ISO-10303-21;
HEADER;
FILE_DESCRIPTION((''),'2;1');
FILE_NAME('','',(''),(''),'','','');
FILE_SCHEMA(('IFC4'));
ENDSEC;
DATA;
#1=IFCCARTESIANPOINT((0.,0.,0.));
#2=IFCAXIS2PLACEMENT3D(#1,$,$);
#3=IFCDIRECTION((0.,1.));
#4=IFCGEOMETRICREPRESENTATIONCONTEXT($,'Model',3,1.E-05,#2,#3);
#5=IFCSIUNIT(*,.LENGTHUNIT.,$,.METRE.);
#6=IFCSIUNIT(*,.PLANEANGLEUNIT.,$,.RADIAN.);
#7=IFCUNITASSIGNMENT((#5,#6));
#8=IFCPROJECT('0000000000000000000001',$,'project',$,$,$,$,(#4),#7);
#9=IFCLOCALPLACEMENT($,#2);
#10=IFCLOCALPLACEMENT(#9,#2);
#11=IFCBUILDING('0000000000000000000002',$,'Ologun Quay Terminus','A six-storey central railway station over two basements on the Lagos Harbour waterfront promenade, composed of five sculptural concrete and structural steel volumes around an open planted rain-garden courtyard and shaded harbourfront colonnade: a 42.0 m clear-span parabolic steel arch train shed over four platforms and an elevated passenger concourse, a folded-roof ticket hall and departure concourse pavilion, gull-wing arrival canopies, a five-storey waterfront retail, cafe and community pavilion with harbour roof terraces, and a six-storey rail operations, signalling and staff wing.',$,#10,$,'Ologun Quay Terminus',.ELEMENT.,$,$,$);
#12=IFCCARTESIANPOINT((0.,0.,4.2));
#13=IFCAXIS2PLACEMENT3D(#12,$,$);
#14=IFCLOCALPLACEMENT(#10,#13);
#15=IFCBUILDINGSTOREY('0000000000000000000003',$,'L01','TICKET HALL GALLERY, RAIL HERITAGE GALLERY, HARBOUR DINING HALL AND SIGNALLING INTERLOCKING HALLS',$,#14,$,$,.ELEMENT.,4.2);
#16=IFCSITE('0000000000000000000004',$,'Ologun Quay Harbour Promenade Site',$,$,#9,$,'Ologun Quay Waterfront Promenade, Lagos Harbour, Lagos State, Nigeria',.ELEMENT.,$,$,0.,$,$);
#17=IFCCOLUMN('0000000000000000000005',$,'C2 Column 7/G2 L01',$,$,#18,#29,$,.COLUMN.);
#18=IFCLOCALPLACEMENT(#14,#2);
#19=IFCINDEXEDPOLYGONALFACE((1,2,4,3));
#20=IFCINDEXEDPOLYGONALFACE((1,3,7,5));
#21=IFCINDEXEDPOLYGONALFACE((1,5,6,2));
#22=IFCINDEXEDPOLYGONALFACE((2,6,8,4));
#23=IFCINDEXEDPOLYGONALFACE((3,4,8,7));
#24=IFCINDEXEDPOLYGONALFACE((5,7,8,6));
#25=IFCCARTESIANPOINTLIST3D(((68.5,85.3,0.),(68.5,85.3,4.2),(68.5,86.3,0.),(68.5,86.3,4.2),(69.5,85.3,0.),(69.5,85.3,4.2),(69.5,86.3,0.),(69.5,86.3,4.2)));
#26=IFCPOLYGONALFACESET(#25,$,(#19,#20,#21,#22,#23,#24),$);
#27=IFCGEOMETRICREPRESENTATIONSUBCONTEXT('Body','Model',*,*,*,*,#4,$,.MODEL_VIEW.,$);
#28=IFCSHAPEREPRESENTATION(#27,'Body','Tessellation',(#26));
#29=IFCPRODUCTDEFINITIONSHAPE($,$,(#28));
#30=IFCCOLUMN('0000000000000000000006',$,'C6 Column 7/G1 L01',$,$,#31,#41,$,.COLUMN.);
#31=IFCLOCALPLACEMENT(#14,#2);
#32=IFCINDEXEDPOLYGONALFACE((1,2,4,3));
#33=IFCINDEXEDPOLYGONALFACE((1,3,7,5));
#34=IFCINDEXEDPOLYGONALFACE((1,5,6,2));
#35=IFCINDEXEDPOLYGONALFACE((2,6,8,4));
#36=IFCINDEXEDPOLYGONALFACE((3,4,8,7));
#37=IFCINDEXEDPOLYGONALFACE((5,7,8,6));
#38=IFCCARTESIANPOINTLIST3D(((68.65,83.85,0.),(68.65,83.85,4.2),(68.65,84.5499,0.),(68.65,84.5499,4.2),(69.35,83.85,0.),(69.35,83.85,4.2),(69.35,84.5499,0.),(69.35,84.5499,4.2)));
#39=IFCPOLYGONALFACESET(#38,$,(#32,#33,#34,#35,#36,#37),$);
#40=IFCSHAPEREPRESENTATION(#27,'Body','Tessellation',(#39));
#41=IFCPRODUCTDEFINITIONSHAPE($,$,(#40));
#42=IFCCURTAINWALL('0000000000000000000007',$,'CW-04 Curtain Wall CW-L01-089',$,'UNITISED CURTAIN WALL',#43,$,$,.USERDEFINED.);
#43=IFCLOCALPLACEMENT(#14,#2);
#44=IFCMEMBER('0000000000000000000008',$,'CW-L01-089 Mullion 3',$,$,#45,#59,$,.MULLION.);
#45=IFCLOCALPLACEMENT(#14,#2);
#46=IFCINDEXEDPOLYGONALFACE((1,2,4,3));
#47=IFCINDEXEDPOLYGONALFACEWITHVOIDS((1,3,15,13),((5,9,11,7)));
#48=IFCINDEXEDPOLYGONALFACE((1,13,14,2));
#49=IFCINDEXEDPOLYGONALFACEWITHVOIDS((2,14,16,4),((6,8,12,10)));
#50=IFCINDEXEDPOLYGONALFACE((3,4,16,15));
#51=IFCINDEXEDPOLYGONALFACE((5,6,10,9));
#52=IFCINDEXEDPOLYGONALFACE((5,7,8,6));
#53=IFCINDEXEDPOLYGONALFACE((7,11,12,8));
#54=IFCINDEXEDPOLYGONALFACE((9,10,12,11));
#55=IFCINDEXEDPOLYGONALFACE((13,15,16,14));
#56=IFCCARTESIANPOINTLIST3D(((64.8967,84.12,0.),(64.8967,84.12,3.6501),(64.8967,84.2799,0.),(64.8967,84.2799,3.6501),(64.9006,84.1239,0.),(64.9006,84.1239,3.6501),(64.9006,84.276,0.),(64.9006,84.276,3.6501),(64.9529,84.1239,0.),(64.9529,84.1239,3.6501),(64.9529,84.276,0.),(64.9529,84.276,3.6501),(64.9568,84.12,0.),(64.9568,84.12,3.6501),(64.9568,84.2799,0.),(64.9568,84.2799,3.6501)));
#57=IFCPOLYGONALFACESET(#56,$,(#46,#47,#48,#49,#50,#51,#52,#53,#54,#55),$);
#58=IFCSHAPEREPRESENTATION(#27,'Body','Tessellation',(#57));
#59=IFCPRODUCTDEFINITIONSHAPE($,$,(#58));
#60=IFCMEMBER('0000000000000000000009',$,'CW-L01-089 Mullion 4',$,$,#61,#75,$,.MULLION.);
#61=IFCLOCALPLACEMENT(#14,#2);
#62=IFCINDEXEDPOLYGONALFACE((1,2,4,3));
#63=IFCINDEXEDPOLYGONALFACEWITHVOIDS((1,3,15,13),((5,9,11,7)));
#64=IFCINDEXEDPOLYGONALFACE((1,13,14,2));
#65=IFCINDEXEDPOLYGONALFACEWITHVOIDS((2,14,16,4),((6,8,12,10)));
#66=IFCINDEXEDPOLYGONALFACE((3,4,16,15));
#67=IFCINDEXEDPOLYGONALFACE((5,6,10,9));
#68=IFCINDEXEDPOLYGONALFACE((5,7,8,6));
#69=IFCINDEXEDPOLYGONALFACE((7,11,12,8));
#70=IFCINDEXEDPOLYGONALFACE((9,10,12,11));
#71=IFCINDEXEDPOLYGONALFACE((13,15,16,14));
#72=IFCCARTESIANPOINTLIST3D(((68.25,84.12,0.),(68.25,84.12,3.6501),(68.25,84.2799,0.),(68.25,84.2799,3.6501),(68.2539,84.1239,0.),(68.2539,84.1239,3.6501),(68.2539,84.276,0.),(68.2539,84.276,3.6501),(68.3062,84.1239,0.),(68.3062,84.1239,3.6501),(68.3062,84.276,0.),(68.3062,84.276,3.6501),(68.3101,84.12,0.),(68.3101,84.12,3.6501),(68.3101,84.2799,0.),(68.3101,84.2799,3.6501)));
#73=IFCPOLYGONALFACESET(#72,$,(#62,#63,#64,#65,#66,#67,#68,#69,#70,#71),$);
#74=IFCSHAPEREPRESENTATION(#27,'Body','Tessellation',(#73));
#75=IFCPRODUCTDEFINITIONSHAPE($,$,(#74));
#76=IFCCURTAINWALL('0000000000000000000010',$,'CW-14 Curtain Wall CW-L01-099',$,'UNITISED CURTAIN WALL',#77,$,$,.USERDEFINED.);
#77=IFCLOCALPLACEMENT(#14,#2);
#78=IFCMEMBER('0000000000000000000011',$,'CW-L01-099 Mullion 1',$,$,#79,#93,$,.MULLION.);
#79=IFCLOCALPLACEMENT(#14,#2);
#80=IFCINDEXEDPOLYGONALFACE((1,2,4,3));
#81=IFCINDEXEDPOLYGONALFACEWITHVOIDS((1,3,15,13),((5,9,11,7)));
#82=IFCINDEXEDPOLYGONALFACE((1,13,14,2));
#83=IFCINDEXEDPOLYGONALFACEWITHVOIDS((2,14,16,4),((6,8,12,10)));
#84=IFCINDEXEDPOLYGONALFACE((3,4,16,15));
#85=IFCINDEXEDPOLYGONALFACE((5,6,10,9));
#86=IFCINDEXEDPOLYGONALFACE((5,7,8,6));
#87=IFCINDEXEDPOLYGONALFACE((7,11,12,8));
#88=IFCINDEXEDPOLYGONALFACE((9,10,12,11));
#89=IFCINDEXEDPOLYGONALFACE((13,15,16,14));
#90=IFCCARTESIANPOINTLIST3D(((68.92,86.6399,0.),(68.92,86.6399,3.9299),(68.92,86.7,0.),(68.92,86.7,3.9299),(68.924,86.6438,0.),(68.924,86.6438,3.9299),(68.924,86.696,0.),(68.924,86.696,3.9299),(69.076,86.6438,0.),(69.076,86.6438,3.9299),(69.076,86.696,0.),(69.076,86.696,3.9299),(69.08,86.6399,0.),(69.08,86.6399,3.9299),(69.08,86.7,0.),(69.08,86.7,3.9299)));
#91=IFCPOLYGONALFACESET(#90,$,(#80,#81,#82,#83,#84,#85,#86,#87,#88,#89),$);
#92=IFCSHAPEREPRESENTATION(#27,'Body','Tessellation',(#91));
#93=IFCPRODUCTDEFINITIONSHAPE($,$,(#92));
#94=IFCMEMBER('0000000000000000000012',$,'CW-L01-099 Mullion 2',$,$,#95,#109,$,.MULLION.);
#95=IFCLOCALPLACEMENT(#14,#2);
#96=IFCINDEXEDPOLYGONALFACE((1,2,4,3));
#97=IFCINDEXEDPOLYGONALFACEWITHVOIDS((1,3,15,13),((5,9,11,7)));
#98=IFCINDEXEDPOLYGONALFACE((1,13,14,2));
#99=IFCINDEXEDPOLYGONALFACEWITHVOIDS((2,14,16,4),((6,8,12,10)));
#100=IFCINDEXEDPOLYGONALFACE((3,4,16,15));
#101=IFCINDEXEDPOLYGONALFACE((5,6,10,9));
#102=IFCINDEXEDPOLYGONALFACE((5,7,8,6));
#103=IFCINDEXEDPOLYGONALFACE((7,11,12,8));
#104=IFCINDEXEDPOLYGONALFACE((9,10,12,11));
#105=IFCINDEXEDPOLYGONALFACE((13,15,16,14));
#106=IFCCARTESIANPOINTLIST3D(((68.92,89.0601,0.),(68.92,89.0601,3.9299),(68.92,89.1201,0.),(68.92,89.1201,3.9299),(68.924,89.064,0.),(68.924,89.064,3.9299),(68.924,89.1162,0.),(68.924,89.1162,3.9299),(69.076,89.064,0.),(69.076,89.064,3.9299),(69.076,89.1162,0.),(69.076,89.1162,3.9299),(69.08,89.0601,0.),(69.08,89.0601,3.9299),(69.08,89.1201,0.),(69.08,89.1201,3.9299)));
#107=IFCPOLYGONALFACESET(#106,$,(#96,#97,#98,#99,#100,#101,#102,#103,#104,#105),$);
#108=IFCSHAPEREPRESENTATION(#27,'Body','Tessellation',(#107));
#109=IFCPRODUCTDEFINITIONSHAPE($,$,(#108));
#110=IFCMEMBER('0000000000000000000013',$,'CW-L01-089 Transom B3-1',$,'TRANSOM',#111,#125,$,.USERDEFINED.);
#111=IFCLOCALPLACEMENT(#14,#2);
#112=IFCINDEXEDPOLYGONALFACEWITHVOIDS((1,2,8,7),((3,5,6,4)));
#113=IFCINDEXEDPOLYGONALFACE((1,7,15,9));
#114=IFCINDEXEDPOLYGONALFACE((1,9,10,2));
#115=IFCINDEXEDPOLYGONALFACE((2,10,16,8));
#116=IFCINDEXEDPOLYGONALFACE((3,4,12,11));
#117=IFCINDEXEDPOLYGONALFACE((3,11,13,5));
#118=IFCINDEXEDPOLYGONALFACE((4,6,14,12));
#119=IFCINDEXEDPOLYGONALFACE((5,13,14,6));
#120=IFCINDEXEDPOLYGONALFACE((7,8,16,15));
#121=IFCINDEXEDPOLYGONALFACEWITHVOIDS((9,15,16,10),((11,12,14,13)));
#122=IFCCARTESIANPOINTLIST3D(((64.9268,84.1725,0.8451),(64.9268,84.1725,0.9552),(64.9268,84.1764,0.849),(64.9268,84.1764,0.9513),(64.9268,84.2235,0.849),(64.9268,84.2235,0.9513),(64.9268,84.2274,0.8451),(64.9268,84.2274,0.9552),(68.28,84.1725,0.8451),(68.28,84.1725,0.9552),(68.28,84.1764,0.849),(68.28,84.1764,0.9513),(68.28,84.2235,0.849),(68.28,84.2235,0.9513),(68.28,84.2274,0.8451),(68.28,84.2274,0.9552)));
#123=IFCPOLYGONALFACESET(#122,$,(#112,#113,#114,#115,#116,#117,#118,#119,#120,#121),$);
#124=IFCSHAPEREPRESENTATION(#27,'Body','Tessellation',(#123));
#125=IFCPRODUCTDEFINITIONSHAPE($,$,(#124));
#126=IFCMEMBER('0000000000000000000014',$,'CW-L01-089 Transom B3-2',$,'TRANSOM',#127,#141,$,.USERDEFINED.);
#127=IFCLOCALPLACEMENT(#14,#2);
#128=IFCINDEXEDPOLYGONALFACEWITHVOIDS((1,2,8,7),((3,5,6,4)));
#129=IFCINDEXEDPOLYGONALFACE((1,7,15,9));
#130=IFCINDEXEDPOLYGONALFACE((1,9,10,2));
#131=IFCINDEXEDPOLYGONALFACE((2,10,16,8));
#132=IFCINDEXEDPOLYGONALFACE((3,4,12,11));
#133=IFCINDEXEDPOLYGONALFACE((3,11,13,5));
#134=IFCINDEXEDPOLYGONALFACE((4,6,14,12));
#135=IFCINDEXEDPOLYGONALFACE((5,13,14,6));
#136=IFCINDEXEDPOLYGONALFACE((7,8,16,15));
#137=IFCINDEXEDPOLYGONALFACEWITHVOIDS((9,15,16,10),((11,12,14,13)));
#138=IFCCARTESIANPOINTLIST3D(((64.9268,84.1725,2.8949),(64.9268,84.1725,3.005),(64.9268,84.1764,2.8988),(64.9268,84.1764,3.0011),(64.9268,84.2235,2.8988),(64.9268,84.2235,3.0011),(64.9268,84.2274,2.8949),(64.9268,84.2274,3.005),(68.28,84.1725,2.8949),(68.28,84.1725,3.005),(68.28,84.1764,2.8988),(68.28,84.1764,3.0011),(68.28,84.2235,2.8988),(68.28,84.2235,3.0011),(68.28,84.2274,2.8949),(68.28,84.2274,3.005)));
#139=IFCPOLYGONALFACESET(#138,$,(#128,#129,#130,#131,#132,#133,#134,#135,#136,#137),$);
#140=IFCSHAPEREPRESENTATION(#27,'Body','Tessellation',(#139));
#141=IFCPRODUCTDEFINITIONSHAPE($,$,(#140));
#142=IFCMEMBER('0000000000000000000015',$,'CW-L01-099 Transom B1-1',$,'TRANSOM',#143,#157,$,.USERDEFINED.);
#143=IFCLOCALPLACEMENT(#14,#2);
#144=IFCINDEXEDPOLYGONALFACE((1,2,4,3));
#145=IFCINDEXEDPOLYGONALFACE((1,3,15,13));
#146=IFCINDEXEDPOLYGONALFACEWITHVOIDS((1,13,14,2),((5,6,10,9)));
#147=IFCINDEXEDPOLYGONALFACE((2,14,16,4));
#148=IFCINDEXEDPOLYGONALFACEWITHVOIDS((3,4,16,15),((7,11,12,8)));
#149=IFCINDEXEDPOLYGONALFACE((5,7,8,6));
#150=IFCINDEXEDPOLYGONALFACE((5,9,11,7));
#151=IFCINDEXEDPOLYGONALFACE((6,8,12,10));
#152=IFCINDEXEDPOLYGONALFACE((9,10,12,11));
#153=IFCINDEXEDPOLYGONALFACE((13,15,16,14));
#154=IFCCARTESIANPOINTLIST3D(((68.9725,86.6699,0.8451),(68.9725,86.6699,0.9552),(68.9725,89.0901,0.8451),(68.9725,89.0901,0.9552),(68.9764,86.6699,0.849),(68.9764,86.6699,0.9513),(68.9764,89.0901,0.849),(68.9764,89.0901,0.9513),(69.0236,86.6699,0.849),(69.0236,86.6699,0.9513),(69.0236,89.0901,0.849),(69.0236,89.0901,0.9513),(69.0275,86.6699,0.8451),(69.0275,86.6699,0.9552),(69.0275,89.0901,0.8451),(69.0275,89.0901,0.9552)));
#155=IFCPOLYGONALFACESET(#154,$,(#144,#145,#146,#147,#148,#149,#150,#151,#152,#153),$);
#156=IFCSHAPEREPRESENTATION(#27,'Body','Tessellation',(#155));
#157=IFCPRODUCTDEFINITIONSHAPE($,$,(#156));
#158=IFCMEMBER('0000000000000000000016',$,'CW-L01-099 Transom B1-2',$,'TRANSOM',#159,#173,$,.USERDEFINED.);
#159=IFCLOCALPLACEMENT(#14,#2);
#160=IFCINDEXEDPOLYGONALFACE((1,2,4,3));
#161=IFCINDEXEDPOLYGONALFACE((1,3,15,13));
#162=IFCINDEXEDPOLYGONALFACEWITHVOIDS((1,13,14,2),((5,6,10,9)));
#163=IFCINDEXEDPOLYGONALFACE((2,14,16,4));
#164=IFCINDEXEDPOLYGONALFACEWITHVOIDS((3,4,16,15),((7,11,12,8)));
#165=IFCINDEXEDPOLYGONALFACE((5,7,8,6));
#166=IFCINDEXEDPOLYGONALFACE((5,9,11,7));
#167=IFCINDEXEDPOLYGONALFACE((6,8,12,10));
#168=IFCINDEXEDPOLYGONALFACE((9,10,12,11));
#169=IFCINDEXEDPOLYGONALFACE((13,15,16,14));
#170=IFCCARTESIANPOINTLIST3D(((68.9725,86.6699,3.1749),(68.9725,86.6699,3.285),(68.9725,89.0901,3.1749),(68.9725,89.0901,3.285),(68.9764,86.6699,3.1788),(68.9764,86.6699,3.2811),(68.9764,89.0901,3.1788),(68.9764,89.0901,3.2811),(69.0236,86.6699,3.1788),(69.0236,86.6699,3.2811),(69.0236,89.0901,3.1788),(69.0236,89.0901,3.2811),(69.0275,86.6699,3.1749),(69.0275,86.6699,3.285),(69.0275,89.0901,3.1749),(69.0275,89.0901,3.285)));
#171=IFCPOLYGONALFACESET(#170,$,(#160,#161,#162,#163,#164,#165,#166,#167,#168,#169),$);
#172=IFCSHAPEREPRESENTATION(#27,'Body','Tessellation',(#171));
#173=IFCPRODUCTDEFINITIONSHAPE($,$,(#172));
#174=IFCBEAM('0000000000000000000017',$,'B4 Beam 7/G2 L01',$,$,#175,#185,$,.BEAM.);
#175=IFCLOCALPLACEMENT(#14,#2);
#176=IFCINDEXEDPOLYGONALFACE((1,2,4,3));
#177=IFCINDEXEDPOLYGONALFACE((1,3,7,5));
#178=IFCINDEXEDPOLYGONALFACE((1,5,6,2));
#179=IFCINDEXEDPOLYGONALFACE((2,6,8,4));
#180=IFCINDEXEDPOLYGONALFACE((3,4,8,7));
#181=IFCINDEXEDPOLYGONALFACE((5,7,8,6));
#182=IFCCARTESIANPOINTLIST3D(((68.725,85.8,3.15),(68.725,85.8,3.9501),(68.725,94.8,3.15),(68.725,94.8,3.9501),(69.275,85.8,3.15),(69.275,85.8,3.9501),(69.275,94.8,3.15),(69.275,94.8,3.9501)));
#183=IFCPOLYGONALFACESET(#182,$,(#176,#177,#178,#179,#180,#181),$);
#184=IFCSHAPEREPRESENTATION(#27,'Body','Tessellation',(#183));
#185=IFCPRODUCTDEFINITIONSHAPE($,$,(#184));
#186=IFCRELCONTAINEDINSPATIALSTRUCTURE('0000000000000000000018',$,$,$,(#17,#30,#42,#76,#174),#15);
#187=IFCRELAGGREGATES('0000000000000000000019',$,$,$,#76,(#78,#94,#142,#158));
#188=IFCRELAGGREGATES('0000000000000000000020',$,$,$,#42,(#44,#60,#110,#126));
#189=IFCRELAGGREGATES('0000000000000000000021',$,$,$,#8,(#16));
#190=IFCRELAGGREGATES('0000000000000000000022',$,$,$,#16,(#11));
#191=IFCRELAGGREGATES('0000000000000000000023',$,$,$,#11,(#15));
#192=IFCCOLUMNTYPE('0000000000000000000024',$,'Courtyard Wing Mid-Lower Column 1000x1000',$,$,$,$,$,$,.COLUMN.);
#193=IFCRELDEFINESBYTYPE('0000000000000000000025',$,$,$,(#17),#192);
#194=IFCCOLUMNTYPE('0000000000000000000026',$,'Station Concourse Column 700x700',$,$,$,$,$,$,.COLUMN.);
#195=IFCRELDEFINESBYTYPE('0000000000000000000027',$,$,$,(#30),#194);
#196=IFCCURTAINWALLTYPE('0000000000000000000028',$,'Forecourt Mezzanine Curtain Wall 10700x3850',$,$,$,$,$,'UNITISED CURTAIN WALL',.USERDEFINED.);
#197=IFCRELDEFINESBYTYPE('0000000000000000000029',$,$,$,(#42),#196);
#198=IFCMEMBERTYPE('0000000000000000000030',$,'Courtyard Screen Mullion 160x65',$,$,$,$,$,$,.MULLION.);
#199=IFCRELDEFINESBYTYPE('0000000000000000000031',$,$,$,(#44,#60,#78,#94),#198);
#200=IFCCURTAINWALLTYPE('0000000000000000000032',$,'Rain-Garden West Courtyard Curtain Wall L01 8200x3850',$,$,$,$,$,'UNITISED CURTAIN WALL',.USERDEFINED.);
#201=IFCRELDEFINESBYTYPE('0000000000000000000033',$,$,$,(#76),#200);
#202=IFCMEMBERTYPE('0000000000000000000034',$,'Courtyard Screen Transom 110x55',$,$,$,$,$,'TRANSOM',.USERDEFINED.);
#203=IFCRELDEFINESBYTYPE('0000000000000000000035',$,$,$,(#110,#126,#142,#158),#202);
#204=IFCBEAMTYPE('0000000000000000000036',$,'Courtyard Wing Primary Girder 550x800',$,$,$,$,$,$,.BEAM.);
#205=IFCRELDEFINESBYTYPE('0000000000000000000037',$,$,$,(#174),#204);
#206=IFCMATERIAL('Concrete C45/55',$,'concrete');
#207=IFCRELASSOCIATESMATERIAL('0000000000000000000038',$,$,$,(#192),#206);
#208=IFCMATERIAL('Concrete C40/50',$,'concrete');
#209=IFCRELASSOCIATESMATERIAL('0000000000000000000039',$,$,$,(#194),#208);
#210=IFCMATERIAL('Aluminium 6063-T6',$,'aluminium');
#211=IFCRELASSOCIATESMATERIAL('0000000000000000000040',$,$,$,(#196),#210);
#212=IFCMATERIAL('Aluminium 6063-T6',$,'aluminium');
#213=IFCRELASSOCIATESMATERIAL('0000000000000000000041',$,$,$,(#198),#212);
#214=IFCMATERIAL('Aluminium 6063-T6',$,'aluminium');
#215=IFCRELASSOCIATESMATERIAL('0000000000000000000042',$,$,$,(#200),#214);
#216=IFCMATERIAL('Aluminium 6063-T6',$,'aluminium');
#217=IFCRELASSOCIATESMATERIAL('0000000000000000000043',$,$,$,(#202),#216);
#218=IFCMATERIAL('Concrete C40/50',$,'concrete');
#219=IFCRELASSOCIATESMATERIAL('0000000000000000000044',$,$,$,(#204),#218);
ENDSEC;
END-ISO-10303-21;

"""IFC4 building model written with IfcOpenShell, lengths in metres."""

from ifc_helpers import new_model, si_unit, direction, frame, origin, origin_2d, place, context, subcontext, project, spatial, rectangle, hollow_rectangle, extrude, material, material_profile, profile_set, type_object, element, aggregate, save


model = new_model("IFC4")

# Units and contexts
model_context = context("Model", 3, precision=1e-05, world=origin(), true_north=direction((0.0, 1.0)))
body_context = subcontext(model_context, "Body", "Model", "MODEL_VIEW")
ifc_project = project(units=[si_unit("LENGTHUNIT", "METRE"), si_unit("PLANEANGLEUNIT", "RADIAN")], contexts=[model_context])

# Site, building, storey
site_placement = place(None, origin())
site = spatial("IfcSite", under=ifc_project, at=site_placement, Name="Ologun Quay Harbour Promenade Site", LongName="Ologun Quay Waterfront Promenade, Lagos Harbour, Lagos State, Nigeria", CompositionType="ELEMENT", RefElevation=0.0)
building_placement = place(site_placement, origin())
building = spatial("IfcBuilding", under=site, at=building_placement, Name="Ologun Quay Terminus", Description="A six-storey central railway station over two basements on the Lagos Harbour waterfront promenade, composed of five sculptural concrete and structural steel volumes around an open planted rain-garden courtyard and shaded harbourfront colonnade: a 42.0 m clear-span parabolic steel arch train shed over four platforms and an elevated passenger concourse, a folded-roof ticket hall and departure concourse pavilion, gull-wing arrival canopies, a five-storey waterfront retail, cafe and community pavilion with harbour roof terraces, and a six-storey rail operations, signalling and staff wing.", LongName="Ologun Quay Terminus", CompositionType="ELEMENT")
storey_placement = place(building_placement, frame((0.0, 0.0, 4.2)))
storey = spatial("IfcBuildingStorey", under=building, at=storey_placement, Name="L01", Description="TICKET HALL GALLERY, RAIL HERITAGE GALLERY, HARBOUR DINING HALL AND SIGNALLING INTERLOCKING HALLS", CompositionType="ELEMENT", Elevation=4.2)

# Columns
ifc_material_1 = material(Name="Concrete C45/55", Category="concrete")
ifc_material_profile_1 = material_profile(ifc_material_1, rectangle(XDim=1.0, YDim=1.0, at=origin_2d()), Name="RC 1000x1000")
ifc_profile_set_1 = profile_set([ifc_material_profile_1], Name="Concrete C45/55")
column_type_1 = type_object("IfcColumnType", Name="Courtyard Wing Mid-Lower Column 1000x1000", PredefinedType="COLUMN", material=ifc_profile_set_1)
column_1_placement = place(storey_placement, frame((69.0, 85.8, 0.0), z_axis=(0.0, 0.0, 1.0), x_axis=(1.0, 0.0, 0.0)))
element("IfcColumn", 1, at=column_1_placement, inside=storey, type_object=column_type_1, Name="C2 Column 7/G2 L01", PredefinedType="COLUMN", context=body_context, shape_type="SweptSolid", body=[
    extrude(rectangle(XDim=1.0, YDim=1.0, at=origin_2d()), origin(), (0.0, 0.0, 1.0), 4.2),
])
ifc_material_2 = material(Name="Concrete C40/50", Category="concrete")
ifc_material_profile_2 = material_profile(ifc_material_2, rectangle(XDim=0.7, YDim=0.7, at=origin_2d()), Name="RC 700x700")
ifc_profile_set_2 = profile_set([ifc_material_profile_2], Name="Concrete C40/50")
column_type_2 = type_object("IfcColumnType", Name="Station Concourse Column 700x700", PredefinedType="COLUMN", material=ifc_profile_set_2)
column_2_placement = place(storey_placement, frame((69.0, 84.2, 0.0), z_axis=(0.0, 0.0, 1.0), x_axis=(1.0, 0.0, 0.0)))
element("IfcColumn", 2, at=column_2_placement, inside=storey, type_object=column_type_2, Name="C6 Column 7/G1 L01", PredefinedType="COLUMN", context=body_context, shape_type="SweptSolid", body=[
    extrude(rectangle(XDim=0.7, YDim=0.7, at=origin_2d()), origin(), (0.0, 0.0, 1.0), 4.2),
])

# Curtain walls, members
ifc_material_3 = material(Name="Aluminium 6063-T6", Category="aluminium")
curtain_wall_type_1 = type_object("IfcCurtainWallType", Name="Forecourt Mezzanine Curtain Wall 10700x3850", ElementType="UNITISED CURTAIN WALL", PredefinedType="USERDEFINED", material=ifc_material_3)
curtain_wall_1_placement = place(storey_placement, origin())
curtain_wall_1 = element("IfcCurtainWall", 3, at=curtain_wall_1_placement, inside=storey, type_object=curtain_wall_type_1, Name="CW-04 Curtain Wall CW-L01-089", ObjectType="UNITISED CURTAIN WALL", PredefinedType="USERDEFINED")
ifc_material_4 = material(Name="Aluminium 6063-T6", Category="aluminium")
ifc_material_profile_3 = material_profile(ifc_material_4, hollow_rectangle(XDim=0.0601, YDim=0.1599, WallThickness=0.0039, at=origin_2d()), Name="ALU 160x60x4")
ifc_profile_set_3 = profile_set([ifc_material_profile_3], Name="Aluminium 6063-T6")
member_type_1 = type_object("IfcMemberType", Name="Courtyard Screen Mullion 160x65", PredefinedType="MULLION", material=ifc_profile_set_3)
member_1_placement = place(storey_placement, frame((64.9268, 84.2, 0.0), z_axis=(0.0, 0.0, 1.0), x_axis=(1.0, 0.0, 0.0)))
member_1 = element("IfcMember", 4, at=member_1_placement, type_object=member_type_1, Name="CW-L01-089 Mullion 3", PredefinedType="MULLION", context=body_context, shape_type="SweptSolid", body=[
    extrude(hollow_rectangle(XDim=0.0601, YDim=0.1599, WallThickness=0.0039, at=origin_2d()), origin(), (0.0, 0.0, 1.0), 3.6501),
])
member_2_placement = place(storey_placement, frame((68.28, 84.2, 0.0), z_axis=(0.0, 0.0, 1.0), x_axis=(1.0, 0.0, 0.0)))
member_2 = element("IfcMember", 5, at=member_2_placement, type_object=member_type_1, Name="CW-L01-089 Mullion 4", PredefinedType="MULLION", context=body_context, shape_type="SweptSolid", body=[
    extrude(hollow_rectangle(XDim=0.0601, YDim=0.1599, WallThickness=0.0039, at=origin_2d()), origin(), (0.0, 0.0, 1.0), 3.6501),
])
ifc_material_5 = material(Name="Aluminium 6063-T6", Category="aluminium")
curtain_wall_type_2 = type_object("IfcCurtainWallType", Name="Rain-Garden West Courtyard Curtain Wall L01 8200x3850", ElementType="UNITISED CURTAIN WALL", PredefinedType="USERDEFINED", material=ifc_material_5)
curtain_wall_2_placement = place(storey_placement, origin())
curtain_wall_2 = element("IfcCurtainWall", 6, at=curtain_wall_2_placement, inside=storey, type_object=curtain_wall_type_2, Name="CW-14 Curtain Wall CW-L01-099", ObjectType="UNITISED CURTAIN WALL", PredefinedType="USERDEFINED")
member_3_placement = place(storey_placement, frame((69.0, 86.6699, 0.0), z_axis=(0.0, 0.0, 1.0), x_axis=(0.0, 1.0, 0.0)))
member_3 = element("IfcMember", 7, at=member_3_placement, type_object=member_type_1, Name="CW-L01-099 Mullion 1", PredefinedType="MULLION", context=body_context, shape_type="SweptSolid", body=[
    extrude(hollow_rectangle(XDim=0.0601, YDim=0.1599, WallThickness=0.0039, at=origin_2d()), origin(), (0.0, 0.0, 1.0), 3.9299),
])
member_4_placement = place(storey_placement, frame((69.0, 89.0901, 0.0), z_axis=(0.0, 0.0, 1.0), x_axis=(0.0, 1.0, 0.0)))
member_4 = element("IfcMember", 8, at=member_4_placement, type_object=member_type_1, Name="CW-L01-099 Mullion 2", PredefinedType="MULLION", context=body_context, shape_type="SweptSolid", body=[
    extrude(hollow_rectangle(XDim=0.0601, YDim=0.1599, WallThickness=0.0039, at=origin_2d()), origin(), (0.0, 0.0, 1.0), 3.9299),
])

# Members
ifc_material_6 = material(Name="Aluminium 6063-T6", Category="aluminium")
ifc_material_profile_4 = material_profile(ifc_material_6, hollow_rectangle(XDim=0.0549, YDim=0.1101, WallThickness=0.0039, at=origin_2d()), Name="ALU 110x55x4")
ifc_profile_set_4 = profile_set([ifc_material_profile_4], Name="Aluminium 6063-T6")
member_type_2 = type_object("IfcMemberType", Name="Courtyard Screen Transom 110x55", ElementType="TRANSOM", PredefinedType="USERDEFINED", material=ifc_profile_set_4)
member_5_placement = place(storey_placement, frame((64.9268, 84.2, 0.9001), z_axis=(1.0, 0.0, 0.0), x_axis=(0.0, 1.0, 0.0)))
member_5 = element("IfcMember", 9, at=member_5_placement, type_object=member_type_2, Name="CW-L01-089 Transom B3-1", ObjectType="TRANSOM", PredefinedType="USERDEFINED", context=body_context, shape_type="SweptSolid", body=[
    extrude(hollow_rectangle(XDim=0.0549, YDim=0.1101, WallThickness=0.0039, at=origin_2d()), origin(), (0.0, 0.0, 1.0), 3.3533),
])
member_6_placement = place(storey_placement, frame((64.9268, 84.2, 2.95), z_axis=(1.0, 0.0, 0.0), x_axis=(0.0, 1.0, 0.0)))
member_6 = element("IfcMember", 10, at=member_6_placement, type_object=member_type_2, Name="CW-L01-089 Transom B3-2", ObjectType="TRANSOM", PredefinedType="USERDEFINED", context=body_context, shape_type="SweptSolid", body=[
    extrude(hollow_rectangle(XDim=0.0549, YDim=0.1101, WallThickness=0.0039, at=origin_2d()), origin(), (0.0, 0.0, 1.0), 3.3533),
])
member_7_placement = place(storey_placement, frame((69.0, 86.6699, 0.9001), z_axis=(0.0, 1.0, 0.0), x_axis=(-1.0, 0.0, 0.0)))
member_7 = element("IfcMember", 11, at=member_7_placement, type_object=member_type_2, Name="CW-L01-099 Transom B1-1", ObjectType="TRANSOM", PredefinedType="USERDEFINED", context=body_context, shape_type="SweptSolid", body=[
    extrude(hollow_rectangle(XDim=0.0549, YDim=0.1101, WallThickness=0.0039, at=origin_2d()), origin(), (0.0, 0.0, 1.0), 2.4202),
])
member_8_placement = place(storey_placement, frame((69.0, 86.6699, 3.23), z_axis=(0.0, 1.0, 0.0), x_axis=(-1.0, 0.0, 0.0)))
member_8 = element("IfcMember", 12, at=member_8_placement, type_object=member_type_2, Name="CW-L01-099 Transom B1-2", ObjectType="TRANSOM", PredefinedType="USERDEFINED", context=body_context, shape_type="SweptSolid", body=[
    extrude(hollow_rectangle(XDim=0.0549, YDim=0.1101, WallThickness=0.0039, at=origin_2d()), origin(), (0.0, 0.0, 1.0), 2.4202),
])

# Beam
ifc_material_7 = material(Name="Concrete C40/50", Category="concrete")
ifc_material_profile_5 = material_profile(ifc_material_7, rectangle(XDim=0.55, YDim=0.8, at=origin_2d()), Name="RC 550x800")
ifc_profile_set_5 = profile_set([ifc_material_profile_5], Name="Concrete C40/50")
beam_type_1 = type_object("IfcBeamType", Name="Courtyard Wing Primary Girder 550x800", PredefinedType="BEAM", material=ifc_profile_set_5)
beam_1_placement = place(storey_placement, frame((69.0, 85.8, 3.55), z_axis=(0.0, 1.0, 0.0), x_axis=(-1.0, 0.0, 0.0)))
element("IfcBeam", 13, at=beam_1_placement, inside=storey, type_object=beam_type_1, Name="B4 Beam 7/G2 L01", PredefinedType="BEAM", context=body_context, shape_type="SweptSolid", body=[
    extrude(rectangle(XDim=0.55, YDim=0.8, at=origin_2d()), origin(), (0.0, 0.0, 1.0), 9.0),
])

aggregate(curtain_wall_2, [member_3, member_4, member_7, member_8])
aggregate(curtain_wall_1, [member_1, member_2, member_5, member_6])

save(model, "model.ifc")
